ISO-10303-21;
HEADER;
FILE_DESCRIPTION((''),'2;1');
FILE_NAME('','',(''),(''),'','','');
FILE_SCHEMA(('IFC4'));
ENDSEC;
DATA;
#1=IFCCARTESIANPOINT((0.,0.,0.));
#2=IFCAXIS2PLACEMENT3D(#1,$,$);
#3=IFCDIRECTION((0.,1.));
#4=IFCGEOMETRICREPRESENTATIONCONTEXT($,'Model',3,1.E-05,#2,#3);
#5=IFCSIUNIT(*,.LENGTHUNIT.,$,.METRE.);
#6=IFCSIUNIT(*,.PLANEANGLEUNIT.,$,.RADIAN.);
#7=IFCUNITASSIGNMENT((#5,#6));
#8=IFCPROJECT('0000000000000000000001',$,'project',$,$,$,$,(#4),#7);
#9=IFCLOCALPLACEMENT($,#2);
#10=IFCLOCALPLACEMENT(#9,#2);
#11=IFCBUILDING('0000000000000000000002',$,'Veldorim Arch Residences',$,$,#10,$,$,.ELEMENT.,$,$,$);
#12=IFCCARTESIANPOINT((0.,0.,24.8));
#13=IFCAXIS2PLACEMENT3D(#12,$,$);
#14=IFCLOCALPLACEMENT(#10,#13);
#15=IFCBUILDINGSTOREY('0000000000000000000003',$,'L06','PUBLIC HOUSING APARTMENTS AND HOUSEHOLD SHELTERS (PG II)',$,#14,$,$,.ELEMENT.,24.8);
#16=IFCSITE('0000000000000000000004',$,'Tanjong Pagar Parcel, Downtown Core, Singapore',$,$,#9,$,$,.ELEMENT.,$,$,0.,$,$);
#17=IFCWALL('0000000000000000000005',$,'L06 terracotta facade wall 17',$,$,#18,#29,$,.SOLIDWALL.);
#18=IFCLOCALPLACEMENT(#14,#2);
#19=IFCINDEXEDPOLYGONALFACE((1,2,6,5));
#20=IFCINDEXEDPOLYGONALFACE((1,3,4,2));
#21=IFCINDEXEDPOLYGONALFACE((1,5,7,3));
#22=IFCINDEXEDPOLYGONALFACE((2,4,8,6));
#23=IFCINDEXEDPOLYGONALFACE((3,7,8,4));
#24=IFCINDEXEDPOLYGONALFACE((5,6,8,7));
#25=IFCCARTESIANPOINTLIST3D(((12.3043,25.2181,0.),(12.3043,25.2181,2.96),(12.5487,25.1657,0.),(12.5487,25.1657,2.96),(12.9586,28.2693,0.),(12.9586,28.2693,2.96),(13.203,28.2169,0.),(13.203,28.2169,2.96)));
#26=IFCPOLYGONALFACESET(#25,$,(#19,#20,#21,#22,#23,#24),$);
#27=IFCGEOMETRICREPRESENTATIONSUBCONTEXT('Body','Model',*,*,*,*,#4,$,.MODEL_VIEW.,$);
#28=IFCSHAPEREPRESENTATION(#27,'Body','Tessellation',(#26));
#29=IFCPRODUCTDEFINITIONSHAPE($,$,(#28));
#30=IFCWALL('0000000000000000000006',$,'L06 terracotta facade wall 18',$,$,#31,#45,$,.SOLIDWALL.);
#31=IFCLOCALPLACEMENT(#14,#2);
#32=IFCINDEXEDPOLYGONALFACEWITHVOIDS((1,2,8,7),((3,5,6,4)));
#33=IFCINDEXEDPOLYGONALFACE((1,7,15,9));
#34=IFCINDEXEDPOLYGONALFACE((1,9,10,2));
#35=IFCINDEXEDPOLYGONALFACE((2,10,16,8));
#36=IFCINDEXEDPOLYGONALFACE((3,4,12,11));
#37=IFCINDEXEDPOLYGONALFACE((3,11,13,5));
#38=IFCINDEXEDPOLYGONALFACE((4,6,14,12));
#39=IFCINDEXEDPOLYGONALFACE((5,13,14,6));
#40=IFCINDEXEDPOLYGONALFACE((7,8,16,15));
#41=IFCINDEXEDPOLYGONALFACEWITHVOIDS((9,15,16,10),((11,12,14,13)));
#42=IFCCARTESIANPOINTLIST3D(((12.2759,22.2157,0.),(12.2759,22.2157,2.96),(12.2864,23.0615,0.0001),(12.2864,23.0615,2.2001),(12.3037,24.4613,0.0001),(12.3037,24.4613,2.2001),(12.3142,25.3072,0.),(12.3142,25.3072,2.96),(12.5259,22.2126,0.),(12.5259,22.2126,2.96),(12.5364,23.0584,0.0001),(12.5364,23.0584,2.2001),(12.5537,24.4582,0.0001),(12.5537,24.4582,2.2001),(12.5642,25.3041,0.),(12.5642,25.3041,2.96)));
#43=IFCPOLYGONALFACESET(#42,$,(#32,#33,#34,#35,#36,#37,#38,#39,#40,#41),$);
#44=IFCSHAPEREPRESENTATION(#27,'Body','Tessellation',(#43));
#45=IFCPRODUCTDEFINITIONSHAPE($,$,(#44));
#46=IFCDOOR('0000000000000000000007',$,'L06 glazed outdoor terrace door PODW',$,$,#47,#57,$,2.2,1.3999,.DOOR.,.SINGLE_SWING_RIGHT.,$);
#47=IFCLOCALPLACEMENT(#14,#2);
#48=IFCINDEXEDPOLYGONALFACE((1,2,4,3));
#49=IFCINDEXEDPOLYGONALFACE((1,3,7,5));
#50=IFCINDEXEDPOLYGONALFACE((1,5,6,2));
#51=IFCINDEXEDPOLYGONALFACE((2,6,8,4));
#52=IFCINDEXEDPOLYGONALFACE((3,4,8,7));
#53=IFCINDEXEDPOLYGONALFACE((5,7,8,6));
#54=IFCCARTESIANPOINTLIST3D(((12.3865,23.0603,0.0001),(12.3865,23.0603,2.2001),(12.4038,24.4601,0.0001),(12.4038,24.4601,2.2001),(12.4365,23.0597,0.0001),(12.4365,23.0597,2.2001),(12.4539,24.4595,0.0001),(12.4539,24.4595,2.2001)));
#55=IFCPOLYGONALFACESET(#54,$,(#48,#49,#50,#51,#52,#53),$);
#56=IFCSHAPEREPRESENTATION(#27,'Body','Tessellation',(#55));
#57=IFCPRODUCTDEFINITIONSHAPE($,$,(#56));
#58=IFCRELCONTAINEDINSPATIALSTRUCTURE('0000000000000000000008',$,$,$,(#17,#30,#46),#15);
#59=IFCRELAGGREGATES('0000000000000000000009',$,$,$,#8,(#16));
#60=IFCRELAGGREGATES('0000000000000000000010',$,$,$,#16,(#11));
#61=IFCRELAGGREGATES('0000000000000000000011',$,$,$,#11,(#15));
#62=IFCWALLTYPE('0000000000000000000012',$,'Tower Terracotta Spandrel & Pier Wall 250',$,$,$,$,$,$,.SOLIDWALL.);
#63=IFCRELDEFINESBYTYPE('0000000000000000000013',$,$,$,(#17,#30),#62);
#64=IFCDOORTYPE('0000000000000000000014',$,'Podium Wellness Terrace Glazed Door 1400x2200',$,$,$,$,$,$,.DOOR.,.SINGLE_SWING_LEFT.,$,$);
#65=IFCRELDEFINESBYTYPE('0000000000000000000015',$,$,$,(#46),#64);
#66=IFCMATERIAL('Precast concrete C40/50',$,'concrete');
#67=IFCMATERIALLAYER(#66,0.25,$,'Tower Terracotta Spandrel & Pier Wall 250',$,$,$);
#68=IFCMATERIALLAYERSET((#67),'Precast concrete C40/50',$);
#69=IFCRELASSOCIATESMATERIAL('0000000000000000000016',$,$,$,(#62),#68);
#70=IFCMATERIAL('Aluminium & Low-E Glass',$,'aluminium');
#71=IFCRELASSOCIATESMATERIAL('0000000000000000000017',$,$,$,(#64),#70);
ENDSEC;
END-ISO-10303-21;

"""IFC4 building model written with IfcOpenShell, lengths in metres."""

from ifc_helpers import new_model, si_unit, direction, frame, frame_2d, origin, place, context, subcontext, project, spatial, rectangle, extrude, material, layer, layer_set, type_object, element, fill, save


model = new_model("IFC4")

# Units and contexts
model_context = context("Model", 3, precision=1e-05, world=origin(), true_north=direction((0.0, 1.0)))
body_context = subcontext(model_context, "Body", "Model", "MODEL_VIEW")
ifc_project = project(units=[si_unit("LENGTHUNIT", "METRE"), si_unit("PLANEANGLEUNIT", "RADIAN")], contexts=[model_context])

# Site, building, storey
site_placement = place(None, origin())
site = spatial("IfcSite", under=ifc_project, at=site_placement, Name="Tanjong Pagar Parcel, Downtown Core, Singapore", CompositionType="ELEMENT", RefElevation=0.0)
building_placement = place(site_placement, origin())
building = spatial("IfcBuilding", under=site, at=building_placement, Name="Veldorim Arch Residences", CompositionType="ELEMENT")
storey_placement = place(building_placement, frame((0.0, 0.0, 24.8)))
storey = spatial("IfcBuildingStorey", under=building, at=storey_placement, Name="L06", Description="PUBLIC HOUSING APARTMENTS AND HOUSEHOLD SHELTERS (PG II)", CompositionType="ELEMENT", Elevation=24.8)

# Wall
ifc_material_1 = material(Name="Precast concrete C40/50", Category="concrete")
ifc_layer_1 = layer(ifc_material_1, 0.25, Name="Tower Terracotta Spandrel & Pier Wall 250")
ifc_layer_set_1 = layer_set([ifc_layer_1], Name="Precast concrete C40/50")
wall_type_1 = type_object("IfcWallType", Name="Tower Terracotta Spandrel & Pier Wall 250", PredefinedType="SOLIDWALL", material=ifc_layer_set_1)
wall_1_placement = place(storey_placement, frame((12.4265, 25.1919, 0.0), z_axis=(0.0, 0.0, 1.0), x_axis=(0.209668, 0.977773, 0.0)))
element("IfcWall", 1, at=wall_1_placement, inside=storey, type_object=wall_type_1, Name="L06 terracotta facade wall 17", PredefinedType="SOLIDWALL", context=body_context, shape_type="SweptSolid", body=[
    extrude(rectangle(XDim=3.1206, YDim=0.25, at=frame_2d((1.5603, 0.0))), origin(), (0.0, 0.0, 1.0), 2.96),
])

# Wall, opening, door
wall_2_placement = place(storey_placement, frame((12.4009, 22.2141, 0.0), z_axis=(0.0, 0.0, 1.0), x_axis=(0.012397, 0.999923, 0.0)))
wall_2 = element("IfcWall", 2, at=wall_2_placement, inside=storey, type_object=wall_type_1, Name="L06 terracotta facade wall 18", PredefinedType="SOLIDWALL", context=body_context, shape_type="SweptSolid", body=[
    extrude(rectangle(XDim=3.0918, YDim=0.25, at=frame_2d((1.5459, 0.0))), origin(), (0.0, 0.0, 1.0), 2.96),
])
opening_1_placement = place(wall_2_placement, frame((0.8459, 0.0, 0.0)))
opening_1 = element("IfcOpeningElement", 3, at=opening_1_placement, cuts=wall_2, PredefinedType="OPENING", context=body_context, shape_type="SweptSolid", body=[
    extrude(rectangle(XDim=1.3999, YDim=2.2, at=frame_2d((0.7, 1.1001))), frame((0.0, 0.135, 0.0), z_axis=(0.0, -1.0, 0.0), x_axis=(1.0, 0.0, 0.0)), (0.0, 0.0, 1.0), 0.27),
])
ifc_material_2 = material(Name="Aluminium & Low-E Glass", Category="aluminium")
door_type_1 = type_object("IfcDoorType", Name="Podium Wellness Terrace Glazed Door 1400x2200", OperationType="SINGLE_SWING_LEFT", PredefinedType="DOOR", material=ifc_material_2)
door_1_placement = place(opening_1_placement, origin())
door_1 = element("IfcDoor", 4, at=door_1_placement, inside=storey, type_object=door_type_1, Name="L06 glazed outdoor terrace door PODW", OperationType="SINGLE_SWING_RIGHT", OverallHeight=2.2, OverallWidth=1.3999, PredefinedType="DOOR", context=body_context, shape_type="SweptSolid", body=[
    extrude(rectangle(XDim=1.3999, YDim=2.2, at=frame_2d((0.7, 1.1001))), frame((0.0, 0.0249, 0.0), z_axis=(0.0, -1.0, 0.0), x_axis=(1.0, 0.0, 0.0)), (0.0, 0.0, 1.0), 0.05),
])
fill(opening_1, door_1)

save(model, "model.ifc")
